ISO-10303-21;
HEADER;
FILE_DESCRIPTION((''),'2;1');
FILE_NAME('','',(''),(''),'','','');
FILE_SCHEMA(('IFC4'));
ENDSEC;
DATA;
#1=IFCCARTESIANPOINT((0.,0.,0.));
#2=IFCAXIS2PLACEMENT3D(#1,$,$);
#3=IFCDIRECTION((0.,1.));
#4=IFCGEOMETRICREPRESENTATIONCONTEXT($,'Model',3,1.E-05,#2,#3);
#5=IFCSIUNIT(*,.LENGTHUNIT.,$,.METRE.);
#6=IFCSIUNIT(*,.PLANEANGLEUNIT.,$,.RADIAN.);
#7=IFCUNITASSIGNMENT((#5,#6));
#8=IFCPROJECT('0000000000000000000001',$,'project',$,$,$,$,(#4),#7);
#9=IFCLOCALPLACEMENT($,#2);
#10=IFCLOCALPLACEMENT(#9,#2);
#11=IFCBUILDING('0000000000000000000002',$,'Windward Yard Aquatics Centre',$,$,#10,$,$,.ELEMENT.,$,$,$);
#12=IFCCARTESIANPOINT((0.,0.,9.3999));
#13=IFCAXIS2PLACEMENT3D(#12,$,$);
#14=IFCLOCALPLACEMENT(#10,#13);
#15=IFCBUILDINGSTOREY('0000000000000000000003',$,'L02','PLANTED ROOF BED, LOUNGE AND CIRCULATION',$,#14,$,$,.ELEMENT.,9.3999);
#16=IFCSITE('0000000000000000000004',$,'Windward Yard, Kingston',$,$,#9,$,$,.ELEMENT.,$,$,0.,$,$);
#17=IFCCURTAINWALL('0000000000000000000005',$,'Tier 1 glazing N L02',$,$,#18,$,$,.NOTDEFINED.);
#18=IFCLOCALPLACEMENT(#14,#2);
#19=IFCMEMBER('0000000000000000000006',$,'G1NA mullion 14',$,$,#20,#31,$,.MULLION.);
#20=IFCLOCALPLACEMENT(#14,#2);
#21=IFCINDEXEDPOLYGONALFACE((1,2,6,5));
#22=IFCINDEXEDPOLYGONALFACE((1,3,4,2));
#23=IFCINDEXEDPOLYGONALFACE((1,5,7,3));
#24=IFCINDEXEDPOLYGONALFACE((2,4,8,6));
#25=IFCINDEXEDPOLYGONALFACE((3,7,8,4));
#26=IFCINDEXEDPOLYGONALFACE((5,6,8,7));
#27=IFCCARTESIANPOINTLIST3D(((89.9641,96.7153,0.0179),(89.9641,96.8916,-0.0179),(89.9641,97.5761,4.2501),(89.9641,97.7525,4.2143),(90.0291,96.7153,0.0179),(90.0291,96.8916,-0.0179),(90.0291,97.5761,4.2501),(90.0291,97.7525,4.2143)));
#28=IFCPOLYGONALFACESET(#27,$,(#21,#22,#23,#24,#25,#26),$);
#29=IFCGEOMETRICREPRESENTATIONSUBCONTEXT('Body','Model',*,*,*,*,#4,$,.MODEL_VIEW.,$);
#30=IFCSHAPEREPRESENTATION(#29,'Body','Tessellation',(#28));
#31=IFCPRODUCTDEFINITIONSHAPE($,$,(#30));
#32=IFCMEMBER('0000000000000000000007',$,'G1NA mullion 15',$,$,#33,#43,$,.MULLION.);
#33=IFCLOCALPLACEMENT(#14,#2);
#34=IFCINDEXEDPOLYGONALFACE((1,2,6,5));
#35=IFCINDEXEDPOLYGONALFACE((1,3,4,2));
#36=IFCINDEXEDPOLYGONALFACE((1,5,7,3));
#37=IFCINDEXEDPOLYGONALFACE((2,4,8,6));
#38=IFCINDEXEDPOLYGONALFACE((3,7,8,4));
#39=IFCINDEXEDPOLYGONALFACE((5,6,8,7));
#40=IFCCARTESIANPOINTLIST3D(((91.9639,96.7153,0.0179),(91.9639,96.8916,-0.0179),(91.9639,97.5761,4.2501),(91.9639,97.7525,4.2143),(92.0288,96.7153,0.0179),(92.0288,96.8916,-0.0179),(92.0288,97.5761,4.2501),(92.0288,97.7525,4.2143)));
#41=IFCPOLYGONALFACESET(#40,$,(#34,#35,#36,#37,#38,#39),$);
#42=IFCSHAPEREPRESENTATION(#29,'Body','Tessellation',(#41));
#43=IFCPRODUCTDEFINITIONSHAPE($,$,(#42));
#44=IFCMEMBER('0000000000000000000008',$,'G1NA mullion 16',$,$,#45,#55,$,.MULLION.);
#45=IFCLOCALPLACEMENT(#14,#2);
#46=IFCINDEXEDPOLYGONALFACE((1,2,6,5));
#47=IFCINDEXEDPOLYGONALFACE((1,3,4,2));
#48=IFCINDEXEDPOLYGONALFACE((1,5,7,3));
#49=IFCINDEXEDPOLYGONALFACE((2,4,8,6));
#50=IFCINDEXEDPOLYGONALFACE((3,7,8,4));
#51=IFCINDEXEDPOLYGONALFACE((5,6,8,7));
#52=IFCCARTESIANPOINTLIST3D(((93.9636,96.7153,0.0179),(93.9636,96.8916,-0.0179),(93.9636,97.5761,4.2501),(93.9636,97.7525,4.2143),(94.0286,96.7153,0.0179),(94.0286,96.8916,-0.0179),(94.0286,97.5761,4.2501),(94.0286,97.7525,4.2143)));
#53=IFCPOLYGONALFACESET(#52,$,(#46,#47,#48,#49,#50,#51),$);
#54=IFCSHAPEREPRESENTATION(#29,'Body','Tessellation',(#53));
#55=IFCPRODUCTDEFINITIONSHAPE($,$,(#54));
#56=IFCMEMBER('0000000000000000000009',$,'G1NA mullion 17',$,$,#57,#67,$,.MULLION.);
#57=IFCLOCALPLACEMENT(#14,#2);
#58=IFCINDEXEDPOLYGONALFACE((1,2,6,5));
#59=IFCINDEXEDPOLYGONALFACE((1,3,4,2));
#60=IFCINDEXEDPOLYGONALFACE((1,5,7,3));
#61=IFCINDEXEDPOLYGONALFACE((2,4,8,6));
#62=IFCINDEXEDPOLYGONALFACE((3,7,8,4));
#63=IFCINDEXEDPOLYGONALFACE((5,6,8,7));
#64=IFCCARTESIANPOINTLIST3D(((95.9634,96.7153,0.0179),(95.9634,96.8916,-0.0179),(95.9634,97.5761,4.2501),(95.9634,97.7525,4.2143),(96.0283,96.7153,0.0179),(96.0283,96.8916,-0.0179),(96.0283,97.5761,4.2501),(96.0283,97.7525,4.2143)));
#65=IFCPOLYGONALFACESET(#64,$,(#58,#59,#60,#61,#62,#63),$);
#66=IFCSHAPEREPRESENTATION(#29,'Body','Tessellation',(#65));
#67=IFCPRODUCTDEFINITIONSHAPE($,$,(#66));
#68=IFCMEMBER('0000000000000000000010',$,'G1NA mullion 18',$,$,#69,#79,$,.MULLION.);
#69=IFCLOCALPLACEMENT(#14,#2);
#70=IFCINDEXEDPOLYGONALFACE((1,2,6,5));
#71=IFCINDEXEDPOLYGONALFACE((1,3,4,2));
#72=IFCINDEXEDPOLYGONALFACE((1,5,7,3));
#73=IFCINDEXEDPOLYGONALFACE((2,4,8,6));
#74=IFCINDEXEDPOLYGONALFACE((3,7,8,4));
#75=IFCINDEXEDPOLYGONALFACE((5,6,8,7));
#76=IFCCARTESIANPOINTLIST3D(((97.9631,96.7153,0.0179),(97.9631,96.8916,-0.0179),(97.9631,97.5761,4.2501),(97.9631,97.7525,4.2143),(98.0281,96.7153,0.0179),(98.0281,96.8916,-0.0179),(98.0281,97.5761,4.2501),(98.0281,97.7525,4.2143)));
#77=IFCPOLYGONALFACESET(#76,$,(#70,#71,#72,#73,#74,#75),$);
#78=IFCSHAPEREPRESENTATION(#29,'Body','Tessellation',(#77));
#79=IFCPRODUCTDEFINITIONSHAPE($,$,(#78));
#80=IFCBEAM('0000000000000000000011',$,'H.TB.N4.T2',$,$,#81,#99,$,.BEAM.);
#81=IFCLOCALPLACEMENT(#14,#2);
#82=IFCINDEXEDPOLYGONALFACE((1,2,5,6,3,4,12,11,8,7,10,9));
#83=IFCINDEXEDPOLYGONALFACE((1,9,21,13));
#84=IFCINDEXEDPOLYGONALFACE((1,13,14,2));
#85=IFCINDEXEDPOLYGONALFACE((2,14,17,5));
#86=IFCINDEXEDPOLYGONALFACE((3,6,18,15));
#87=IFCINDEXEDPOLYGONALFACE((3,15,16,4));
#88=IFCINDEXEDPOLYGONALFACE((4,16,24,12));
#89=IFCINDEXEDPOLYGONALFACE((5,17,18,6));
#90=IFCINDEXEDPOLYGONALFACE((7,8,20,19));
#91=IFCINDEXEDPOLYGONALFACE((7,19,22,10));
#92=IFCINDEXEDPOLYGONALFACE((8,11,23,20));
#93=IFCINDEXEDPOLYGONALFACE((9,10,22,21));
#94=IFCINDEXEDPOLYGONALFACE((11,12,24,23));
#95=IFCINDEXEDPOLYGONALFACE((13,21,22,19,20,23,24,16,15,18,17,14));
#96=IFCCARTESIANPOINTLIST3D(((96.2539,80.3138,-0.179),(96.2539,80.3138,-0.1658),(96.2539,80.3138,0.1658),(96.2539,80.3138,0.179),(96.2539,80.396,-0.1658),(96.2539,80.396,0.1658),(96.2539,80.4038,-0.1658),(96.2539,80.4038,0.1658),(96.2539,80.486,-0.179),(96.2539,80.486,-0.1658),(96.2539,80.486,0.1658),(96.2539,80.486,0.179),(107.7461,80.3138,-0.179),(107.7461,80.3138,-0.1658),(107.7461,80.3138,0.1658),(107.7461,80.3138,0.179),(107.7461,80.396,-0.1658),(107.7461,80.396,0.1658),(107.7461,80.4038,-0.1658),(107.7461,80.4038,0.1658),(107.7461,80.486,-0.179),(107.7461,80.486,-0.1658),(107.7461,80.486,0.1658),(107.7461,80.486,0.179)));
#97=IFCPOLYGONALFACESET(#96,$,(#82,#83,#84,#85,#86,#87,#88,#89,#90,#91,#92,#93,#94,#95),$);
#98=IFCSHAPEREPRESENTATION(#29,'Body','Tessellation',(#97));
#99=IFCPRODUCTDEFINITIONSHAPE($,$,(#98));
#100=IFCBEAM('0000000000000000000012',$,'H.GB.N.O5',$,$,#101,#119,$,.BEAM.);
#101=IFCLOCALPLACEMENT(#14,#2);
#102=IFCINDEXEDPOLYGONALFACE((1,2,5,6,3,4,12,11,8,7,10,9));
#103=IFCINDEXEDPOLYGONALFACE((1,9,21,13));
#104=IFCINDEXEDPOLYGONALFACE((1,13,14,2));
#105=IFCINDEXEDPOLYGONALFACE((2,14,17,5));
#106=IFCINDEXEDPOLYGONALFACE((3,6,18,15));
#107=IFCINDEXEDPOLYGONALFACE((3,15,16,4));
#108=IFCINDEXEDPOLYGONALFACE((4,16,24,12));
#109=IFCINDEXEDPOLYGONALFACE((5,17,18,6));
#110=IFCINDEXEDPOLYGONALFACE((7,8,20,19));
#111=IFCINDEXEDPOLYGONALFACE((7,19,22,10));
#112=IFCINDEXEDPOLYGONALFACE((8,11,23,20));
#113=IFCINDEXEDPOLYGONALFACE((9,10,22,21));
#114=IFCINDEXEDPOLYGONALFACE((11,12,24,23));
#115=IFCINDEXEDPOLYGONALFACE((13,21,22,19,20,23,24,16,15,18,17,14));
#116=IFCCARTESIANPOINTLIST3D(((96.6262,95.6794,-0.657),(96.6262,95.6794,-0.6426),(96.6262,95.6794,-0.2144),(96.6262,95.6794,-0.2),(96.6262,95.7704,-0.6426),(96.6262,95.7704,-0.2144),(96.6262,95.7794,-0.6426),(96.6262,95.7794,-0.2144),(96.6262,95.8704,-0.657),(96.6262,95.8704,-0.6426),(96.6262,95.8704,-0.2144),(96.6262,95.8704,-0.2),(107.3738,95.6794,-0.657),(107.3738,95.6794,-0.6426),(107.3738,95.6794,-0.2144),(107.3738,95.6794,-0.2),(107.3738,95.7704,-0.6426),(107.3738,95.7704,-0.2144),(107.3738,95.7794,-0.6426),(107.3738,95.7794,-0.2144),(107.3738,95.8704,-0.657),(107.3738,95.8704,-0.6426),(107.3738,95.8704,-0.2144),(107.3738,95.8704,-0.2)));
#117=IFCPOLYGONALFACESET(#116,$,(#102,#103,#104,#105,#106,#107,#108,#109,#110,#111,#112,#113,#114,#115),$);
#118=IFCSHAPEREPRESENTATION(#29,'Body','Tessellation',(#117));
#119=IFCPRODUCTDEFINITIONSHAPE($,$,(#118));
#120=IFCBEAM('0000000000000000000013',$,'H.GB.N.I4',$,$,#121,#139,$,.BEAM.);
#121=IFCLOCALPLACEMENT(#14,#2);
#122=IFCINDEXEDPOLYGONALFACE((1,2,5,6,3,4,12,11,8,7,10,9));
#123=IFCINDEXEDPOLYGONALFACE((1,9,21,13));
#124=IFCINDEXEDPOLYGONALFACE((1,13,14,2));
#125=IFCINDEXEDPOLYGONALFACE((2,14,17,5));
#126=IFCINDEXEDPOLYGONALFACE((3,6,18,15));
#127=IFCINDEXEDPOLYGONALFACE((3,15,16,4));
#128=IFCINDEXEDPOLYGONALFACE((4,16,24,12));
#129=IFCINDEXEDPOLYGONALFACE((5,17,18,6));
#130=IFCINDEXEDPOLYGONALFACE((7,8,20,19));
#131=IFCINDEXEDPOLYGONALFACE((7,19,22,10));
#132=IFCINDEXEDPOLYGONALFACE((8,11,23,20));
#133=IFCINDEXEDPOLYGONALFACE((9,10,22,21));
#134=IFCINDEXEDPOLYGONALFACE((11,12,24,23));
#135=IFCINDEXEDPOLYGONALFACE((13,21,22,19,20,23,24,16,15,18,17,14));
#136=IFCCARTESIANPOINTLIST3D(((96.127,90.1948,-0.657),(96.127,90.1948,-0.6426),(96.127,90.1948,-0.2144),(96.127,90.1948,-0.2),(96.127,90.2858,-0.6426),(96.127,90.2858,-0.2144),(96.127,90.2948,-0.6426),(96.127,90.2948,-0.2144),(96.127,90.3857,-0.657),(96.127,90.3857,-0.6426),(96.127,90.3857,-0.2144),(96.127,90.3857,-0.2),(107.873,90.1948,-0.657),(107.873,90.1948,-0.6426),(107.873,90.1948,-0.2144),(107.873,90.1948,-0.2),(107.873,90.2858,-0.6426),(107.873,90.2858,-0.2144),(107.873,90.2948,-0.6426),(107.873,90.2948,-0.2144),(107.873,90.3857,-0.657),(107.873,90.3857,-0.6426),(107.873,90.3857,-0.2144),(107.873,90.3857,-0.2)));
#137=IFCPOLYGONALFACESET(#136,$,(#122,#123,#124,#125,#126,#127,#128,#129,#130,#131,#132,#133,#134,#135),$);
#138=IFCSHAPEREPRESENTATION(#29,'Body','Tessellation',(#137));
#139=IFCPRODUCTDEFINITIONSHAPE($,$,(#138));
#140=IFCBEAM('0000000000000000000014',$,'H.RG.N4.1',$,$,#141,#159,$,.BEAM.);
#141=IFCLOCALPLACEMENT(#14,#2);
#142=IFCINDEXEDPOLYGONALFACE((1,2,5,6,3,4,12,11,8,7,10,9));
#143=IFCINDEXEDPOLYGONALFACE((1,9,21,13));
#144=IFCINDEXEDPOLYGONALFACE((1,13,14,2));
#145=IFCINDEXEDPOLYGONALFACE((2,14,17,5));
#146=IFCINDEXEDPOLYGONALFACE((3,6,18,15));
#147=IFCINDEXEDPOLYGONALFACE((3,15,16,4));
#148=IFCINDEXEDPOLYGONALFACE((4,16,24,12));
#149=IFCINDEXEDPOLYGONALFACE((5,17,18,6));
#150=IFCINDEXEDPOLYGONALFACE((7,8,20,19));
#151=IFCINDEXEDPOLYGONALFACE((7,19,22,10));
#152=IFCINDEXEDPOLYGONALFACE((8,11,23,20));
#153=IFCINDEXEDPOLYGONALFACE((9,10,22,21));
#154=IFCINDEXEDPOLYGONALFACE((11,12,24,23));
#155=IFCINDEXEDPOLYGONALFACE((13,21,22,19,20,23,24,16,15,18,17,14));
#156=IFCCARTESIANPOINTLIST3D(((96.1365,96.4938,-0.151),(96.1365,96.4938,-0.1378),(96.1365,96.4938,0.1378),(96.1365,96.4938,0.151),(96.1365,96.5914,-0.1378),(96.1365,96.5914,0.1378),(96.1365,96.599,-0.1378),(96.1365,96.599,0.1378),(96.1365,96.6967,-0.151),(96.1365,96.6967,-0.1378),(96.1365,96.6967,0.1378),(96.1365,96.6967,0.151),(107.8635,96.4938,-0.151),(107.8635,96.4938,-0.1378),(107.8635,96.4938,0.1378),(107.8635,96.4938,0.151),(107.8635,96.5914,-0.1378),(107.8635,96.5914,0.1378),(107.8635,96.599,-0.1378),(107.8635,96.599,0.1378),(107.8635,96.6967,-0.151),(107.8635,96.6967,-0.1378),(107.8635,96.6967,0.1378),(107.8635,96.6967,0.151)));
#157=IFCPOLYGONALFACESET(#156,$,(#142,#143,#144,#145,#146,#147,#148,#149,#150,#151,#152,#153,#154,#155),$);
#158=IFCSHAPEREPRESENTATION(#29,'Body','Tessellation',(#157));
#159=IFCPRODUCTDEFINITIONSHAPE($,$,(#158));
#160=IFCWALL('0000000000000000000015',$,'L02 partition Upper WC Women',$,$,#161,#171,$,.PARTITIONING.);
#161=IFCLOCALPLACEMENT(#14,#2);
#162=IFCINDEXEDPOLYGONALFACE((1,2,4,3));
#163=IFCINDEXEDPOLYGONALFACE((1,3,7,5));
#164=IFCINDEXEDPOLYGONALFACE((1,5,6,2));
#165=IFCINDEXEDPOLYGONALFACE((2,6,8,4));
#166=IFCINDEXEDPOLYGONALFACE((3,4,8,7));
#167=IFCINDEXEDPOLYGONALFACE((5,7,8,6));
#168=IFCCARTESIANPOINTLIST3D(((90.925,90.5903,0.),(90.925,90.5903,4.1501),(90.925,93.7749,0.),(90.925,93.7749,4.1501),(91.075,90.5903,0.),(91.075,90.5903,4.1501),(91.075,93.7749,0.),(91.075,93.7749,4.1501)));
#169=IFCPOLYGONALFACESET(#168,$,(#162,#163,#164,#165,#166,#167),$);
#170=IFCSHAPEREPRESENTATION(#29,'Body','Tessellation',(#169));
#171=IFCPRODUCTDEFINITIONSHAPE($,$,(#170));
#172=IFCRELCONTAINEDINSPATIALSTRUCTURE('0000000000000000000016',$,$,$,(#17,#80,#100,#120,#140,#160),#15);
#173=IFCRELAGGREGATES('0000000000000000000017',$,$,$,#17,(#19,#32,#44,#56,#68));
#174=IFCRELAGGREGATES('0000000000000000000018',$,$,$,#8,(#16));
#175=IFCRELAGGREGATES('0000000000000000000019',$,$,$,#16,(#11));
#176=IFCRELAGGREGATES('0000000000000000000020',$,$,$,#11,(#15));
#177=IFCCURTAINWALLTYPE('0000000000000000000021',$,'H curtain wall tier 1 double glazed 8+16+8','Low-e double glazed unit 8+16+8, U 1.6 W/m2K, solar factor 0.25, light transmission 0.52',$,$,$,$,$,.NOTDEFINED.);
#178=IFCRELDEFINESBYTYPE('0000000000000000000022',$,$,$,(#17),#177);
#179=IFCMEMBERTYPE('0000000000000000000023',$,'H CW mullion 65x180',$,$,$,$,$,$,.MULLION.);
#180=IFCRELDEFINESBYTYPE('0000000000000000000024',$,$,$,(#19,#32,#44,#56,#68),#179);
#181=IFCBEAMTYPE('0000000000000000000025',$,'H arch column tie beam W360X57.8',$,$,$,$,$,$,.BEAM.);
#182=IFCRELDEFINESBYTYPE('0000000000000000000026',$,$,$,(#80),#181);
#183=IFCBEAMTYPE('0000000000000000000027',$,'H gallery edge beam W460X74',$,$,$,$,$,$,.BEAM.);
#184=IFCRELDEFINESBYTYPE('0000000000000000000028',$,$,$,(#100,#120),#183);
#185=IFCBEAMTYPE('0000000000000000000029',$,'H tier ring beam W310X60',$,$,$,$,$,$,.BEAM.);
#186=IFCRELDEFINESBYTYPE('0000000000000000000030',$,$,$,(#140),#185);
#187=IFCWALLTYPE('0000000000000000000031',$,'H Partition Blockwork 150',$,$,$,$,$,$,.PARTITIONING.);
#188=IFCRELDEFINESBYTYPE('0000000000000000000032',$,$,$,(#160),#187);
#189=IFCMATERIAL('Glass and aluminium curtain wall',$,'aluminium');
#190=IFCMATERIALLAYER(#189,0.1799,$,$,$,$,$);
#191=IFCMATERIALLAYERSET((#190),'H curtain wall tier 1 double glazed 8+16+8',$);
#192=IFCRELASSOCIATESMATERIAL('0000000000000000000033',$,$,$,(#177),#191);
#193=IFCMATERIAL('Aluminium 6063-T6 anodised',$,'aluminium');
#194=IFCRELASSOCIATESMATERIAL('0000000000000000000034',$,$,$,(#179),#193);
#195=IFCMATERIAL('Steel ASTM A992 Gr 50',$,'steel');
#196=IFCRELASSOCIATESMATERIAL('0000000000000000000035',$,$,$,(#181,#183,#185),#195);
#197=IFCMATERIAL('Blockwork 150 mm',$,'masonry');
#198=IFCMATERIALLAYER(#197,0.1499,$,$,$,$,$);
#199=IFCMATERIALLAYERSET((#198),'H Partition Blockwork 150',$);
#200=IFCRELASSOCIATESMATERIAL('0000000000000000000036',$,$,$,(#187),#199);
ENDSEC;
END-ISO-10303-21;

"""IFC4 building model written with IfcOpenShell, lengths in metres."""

from ifc_helpers import new_model, si_unit, direction, frame, frame_2d, origin, origin_2d, place, context, subcontext, project, spatial, rectangle, i_section, extrude, material, layer, layer_set, material_profile, profile_set, type_object, element, aggregate, save


model = new_model("IFC4")

# Units and contexts
model_context = context("Model", 3, precision=1e-05, world=origin(), true_north=direction((0.0, 1.0)))
body_context = subcontext(model_context, "Body", "Model", "MODEL_VIEW")
ifc_project = project(units=[si_unit("LENGTHUNIT", "METRE"), si_unit("PLANEANGLEUNIT", "RADIAN")], contexts=[model_context])

# Site, building, storey
site_placement = place(None, origin())
site = spatial("IfcSite", under=ifc_project, at=site_placement, Name="Windward Yard, Kingston", CompositionType="ELEMENT", RefElevation=0.0)
building_placement = place(site_placement, origin())
building = spatial("IfcBuilding", under=site, at=building_placement, Name="Windward Yard Aquatics Centre", CompositionType="ELEMENT")
storey_placement = place(building_placement, frame((0.0, 0.0, 9.3999)))
storey = spatial("IfcBuildingStorey", under=building, at=storey_placement, Name="L02", Description="PLANTED ROOF BED, LOUNGE AND CIRCULATION", CompositionType="ELEMENT", Elevation=9.3999)

# Curtain wall, members
ifc_material_1 = material(Name="Glass and aluminium curtain wall", Category="aluminium")
ifc_layer_1 = layer(ifc_material_1, 0.1799)
ifc_layer_set_1 = layer_set([ifc_layer_1], Name="H curtain wall tier 1 double glazed 8+16+8")
curtain_wall_type = type_object("IfcCurtainWallType", Name="H curtain wall tier 1 double glazed 8+16+8", Description="Low-e double glazed unit 8+16+8, U 1.6 W/m2K, solar factor 0.25, light transmission 0.52", PredefinedType="NOTDEFINED", material=ifc_layer_set_1)
curtain_wall_placement = place(storey_placement, origin())
curtain_wall = element("IfcCurtainWall", 1, at=curtain_wall_placement, inside=storey, type_object=curtain_wall_type, Name="Tier 1 glazing N L02", PredefinedType="NOTDEFINED")
ifc_material_2 = material(Name="Aluminium 6063-T6 anodised", Category="aluminium")
ifc_material_profile_1 = material_profile(ifc_material_2, rectangle(XDim=0.0649, YDim=0.1799, at=origin_2d()), Name="H CW mullion 65x180")
ifc_profile_set_1 = profile_set([ifc_material_profile_1], Name="Aluminium 6063-T6 anodised")
member_type = type_object("IfcMemberType", Name="H CW mullion 65x180", PredefinedType="MULLION", material=ifc_profile_set_1)
member_1_placement = place(storey_placement, frame((89.9966, 96.8035, 0.0), z_axis=(0.0, 0.199322, 0.979934), x_axis=(-1.0, 0.0, 0.0)))
member_1 = element("IfcMember", 2, at=member_1_placement, type_object=member_type, Name="G1NA mullion 14", PredefinedType="MULLION", context=body_context, shape_type="SweptSolid", body=[
    extrude(rectangle(XDim=0.0649, YDim=0.1799, at=origin_2d()), origin(), (0.0, 0.0, 1.0), 4.3188),
])
member_2_placement = place(storey_placement, frame((91.9963, 96.8035, 0.0), z_axis=(0.0, 0.199322, 0.979934), x_axis=(-1.0, 0.0, 0.0)))
member_2 = element("IfcMember", 3, at=member_2_placement, type_object=member_type, Name="G1NA mullion 15", PredefinedType="MULLION", context=body_context, shape_type="SweptSolid", body=[
    extrude(rectangle(XDim=0.0649, YDim=0.1799, at=origin_2d()), origin(), (0.0, 0.0, 1.0), 4.3188),
])
member_3_placement = place(storey_placement, frame((93.9961, 96.8035, 0.0), z_axis=(0.0, 0.199322, 0.979934), x_axis=(-1.0, 0.0, 0.0)))
member_3 = element("IfcMember", 4, at=member_3_placement, type_object=member_type, Name="G1NA mullion 16", PredefinedType="MULLION", context=body_context, shape_type="SweptSolid", body=[
    extrude(rectangle(XDim=0.0649, YDim=0.1799, at=origin_2d()), origin(), (0.0, 0.0, 1.0), 4.3188),
])
member_4_placement = place(storey_placement, frame((95.9958, 96.8035, 0.0), z_axis=(0.0, 0.199322, 0.979934), x_axis=(-1.0, 0.0, 0.0)))
member_4 = element("IfcMember", 5, at=member_4_placement, type_object=member_type, Name="G1NA mullion 17", PredefinedType="MULLION", context=body_context, shape_type="SweptSolid", body=[
    extrude(rectangle(XDim=0.0649, YDim=0.1799, at=origin_2d()), origin(), (0.0, 0.0, 1.0), 4.3188),
])
member_5_placement = place(storey_placement, frame((97.9956, 96.8035, 0.0), z_axis=(0.0, 0.199322, 0.979934), x_axis=(-1.0, 0.0, 0.0)))
member_5 = element("IfcMember", 6, at=member_5_placement, type_object=member_type, Name="G1NA mullion 18", PredefinedType="MULLION", context=body_context, shape_type="SweptSolid", body=[
    extrude(rectangle(XDim=0.0649, YDim=0.1799, at=origin_2d()), origin(), (0.0, 0.0, 1.0), 4.3188),
])
aggregate(curtain_wall, [member_1, member_2, member_3, member_4, member_5])

# Beams
ifc_material_3 = material(Name="Steel ASTM A992 Gr 50", Category="steel")
ifc_material_profile_2 = material_profile(ifc_material_3, i_section(OverallWidth=0.1721, OverallDepth=0.3579, WebThickness=0.0078, FlangeThickness=0.0132, at=origin_2d()), Name="W360X57.8")
ifc_profile_set_2 = profile_set([ifc_material_profile_2], Name="Steel ASTM A992 Gr 50")
beam_type_1 = type_object("IfcBeamType", Name="H arch column tie beam W360X57.8", PredefinedType="BEAM", material=ifc_profile_set_2)
beam_1_placement = place(storey_placement, frame((96.2539, 80.3999, 0.0), z_axis=(1.0, 0.0, 0.0), x_axis=(0.0, 1.0, 0.0)))
element("IfcBeam", 7, at=beam_1_placement, inside=storey, type_object=beam_type_1, Name="H.TB.N4.T2", PredefinedType="BEAM", context=body_context, shape_type="SweptSolid", body=[
    extrude(i_section(OverallWidth=0.1721, OverallDepth=0.3579, WebThickness=0.0078, FlangeThickness=0.0132, at=origin_2d()), origin(), (0.0, 0.0, 1.0), 11.4922),
])
ifc_material_profile_3 = material_profile(ifc_material_3, i_section(OverallWidth=0.1909, OverallDepth=0.457, WebThickness=0.009, FlangeThickness=0.0144, at=origin_2d()), Name="W460X74")
ifc_profile_set_3 = profile_set([ifc_material_profile_3], Name="Steel ASTM A992 Gr 50")
beam_type_2 = type_object("IfcBeamType", Name="H gallery edge beam W460X74", PredefinedType="BEAM", material=ifc_profile_set_3)
beam_2_placement = place(storey_placement, frame((96.6262, 95.7749, -0.4285), z_axis=(1.0, 0.0, 0.0), x_axis=(0.0, 1.0, 0.0)))
element("IfcBeam", 8, at=beam_2_placement, inside=storey, type_object=beam_type_2, Name="H.GB.N.O5", PredefinedType="BEAM", context=body_context, shape_type="SweptSolid", body=[
    extrude(i_section(OverallWidth=0.1909, OverallDepth=0.457, WebThickness=0.009, FlangeThickness=0.0144, at=origin_2d()), origin(), (0.0, 0.0, 1.0), 10.7476),
])
beam_3_placement = place(storey_placement, frame((96.127, 90.2903, -0.4285), z_axis=(1.0, 0.0, 0.0), x_axis=(0.0, 1.0, 0.0)))
element("IfcBeam", 9, at=beam_3_placement, inside=storey, type_object=beam_type_2, Name="H.GB.N.I4", PredefinedType="BEAM", context=body_context, shape_type="SweptSolid", body=[
    extrude(i_section(OverallWidth=0.1909, OverallDepth=0.457, WebThickness=0.009, FlangeThickness=0.0144, at=origin_2d()), origin(), (0.0, 0.0, 1.0), 11.7461),
])
ifc_material_profile_4 = material_profile(ifc_material_3, i_section(OverallWidth=0.2029, OverallDepth=0.302, WebThickness=0.0076, FlangeThickness=0.0132, at=origin_2d()), Name="W310X60")
ifc_profile_set_4 = profile_set([ifc_material_profile_4], Name="Steel ASTM A992 Gr 50")
beam_type_3 = type_object("IfcBeamType", Name="H tier ring beam W310X60", PredefinedType="BEAM", material=ifc_profile_set_4)
beam_4_placement = place(storey_placement, frame((96.1365, 96.5952, 0.0), z_axis=(1.0, 0.0, 0.0), x_axis=(0.0, 1.0, 0.0)))
element("IfcBeam", 10, at=beam_4_placement, inside=storey, type_object=beam_type_3, Name="H.RG.N4.1", PredefinedType="BEAM", context=body_context, shape_type="SweptSolid", body=[
    extrude(i_section(OverallWidth=0.2029, OverallDepth=0.302, WebThickness=0.0076, FlangeThickness=0.0132, at=origin_2d()), origin(), (0.0, 0.0, 1.0), 11.7271),
])

# Wall
ifc_material_4 = material(Name="Blockwork 150 mm", Category="masonry")
ifc_layer_2 = layer(ifc_material_4, 0.1499)
ifc_layer_set_2 = layer_set([ifc_layer_2], Name="H Partition Blockwork 150")
wall_type = type_object("IfcWallType", Name="H Partition Blockwork 150", PredefinedType="PARTITIONING", material=ifc_layer_set_2)
wall_1_placement = place(storey_placement, frame((91.0, 90.5903, 0.0), z_axis=(0.0, 0.0, 1.0), x_axis=(0.0, 1.0, 0.0)))
element("IfcWall", 11, at=wall_1_placement, inside=storey, type_object=wall_type, Name="L02 partition Upper WC Women", PredefinedType="PARTITIONING", context=body_context, shape_type="SweptSolid", body=[
    extrude(rectangle(XDim=3.1846, YDim=0.1499, at=frame_2d((1.5923, 0.0))), origin(), (0.0, 0.0, 1.0), 4.1501),
])

save(model, "model.ifc")
